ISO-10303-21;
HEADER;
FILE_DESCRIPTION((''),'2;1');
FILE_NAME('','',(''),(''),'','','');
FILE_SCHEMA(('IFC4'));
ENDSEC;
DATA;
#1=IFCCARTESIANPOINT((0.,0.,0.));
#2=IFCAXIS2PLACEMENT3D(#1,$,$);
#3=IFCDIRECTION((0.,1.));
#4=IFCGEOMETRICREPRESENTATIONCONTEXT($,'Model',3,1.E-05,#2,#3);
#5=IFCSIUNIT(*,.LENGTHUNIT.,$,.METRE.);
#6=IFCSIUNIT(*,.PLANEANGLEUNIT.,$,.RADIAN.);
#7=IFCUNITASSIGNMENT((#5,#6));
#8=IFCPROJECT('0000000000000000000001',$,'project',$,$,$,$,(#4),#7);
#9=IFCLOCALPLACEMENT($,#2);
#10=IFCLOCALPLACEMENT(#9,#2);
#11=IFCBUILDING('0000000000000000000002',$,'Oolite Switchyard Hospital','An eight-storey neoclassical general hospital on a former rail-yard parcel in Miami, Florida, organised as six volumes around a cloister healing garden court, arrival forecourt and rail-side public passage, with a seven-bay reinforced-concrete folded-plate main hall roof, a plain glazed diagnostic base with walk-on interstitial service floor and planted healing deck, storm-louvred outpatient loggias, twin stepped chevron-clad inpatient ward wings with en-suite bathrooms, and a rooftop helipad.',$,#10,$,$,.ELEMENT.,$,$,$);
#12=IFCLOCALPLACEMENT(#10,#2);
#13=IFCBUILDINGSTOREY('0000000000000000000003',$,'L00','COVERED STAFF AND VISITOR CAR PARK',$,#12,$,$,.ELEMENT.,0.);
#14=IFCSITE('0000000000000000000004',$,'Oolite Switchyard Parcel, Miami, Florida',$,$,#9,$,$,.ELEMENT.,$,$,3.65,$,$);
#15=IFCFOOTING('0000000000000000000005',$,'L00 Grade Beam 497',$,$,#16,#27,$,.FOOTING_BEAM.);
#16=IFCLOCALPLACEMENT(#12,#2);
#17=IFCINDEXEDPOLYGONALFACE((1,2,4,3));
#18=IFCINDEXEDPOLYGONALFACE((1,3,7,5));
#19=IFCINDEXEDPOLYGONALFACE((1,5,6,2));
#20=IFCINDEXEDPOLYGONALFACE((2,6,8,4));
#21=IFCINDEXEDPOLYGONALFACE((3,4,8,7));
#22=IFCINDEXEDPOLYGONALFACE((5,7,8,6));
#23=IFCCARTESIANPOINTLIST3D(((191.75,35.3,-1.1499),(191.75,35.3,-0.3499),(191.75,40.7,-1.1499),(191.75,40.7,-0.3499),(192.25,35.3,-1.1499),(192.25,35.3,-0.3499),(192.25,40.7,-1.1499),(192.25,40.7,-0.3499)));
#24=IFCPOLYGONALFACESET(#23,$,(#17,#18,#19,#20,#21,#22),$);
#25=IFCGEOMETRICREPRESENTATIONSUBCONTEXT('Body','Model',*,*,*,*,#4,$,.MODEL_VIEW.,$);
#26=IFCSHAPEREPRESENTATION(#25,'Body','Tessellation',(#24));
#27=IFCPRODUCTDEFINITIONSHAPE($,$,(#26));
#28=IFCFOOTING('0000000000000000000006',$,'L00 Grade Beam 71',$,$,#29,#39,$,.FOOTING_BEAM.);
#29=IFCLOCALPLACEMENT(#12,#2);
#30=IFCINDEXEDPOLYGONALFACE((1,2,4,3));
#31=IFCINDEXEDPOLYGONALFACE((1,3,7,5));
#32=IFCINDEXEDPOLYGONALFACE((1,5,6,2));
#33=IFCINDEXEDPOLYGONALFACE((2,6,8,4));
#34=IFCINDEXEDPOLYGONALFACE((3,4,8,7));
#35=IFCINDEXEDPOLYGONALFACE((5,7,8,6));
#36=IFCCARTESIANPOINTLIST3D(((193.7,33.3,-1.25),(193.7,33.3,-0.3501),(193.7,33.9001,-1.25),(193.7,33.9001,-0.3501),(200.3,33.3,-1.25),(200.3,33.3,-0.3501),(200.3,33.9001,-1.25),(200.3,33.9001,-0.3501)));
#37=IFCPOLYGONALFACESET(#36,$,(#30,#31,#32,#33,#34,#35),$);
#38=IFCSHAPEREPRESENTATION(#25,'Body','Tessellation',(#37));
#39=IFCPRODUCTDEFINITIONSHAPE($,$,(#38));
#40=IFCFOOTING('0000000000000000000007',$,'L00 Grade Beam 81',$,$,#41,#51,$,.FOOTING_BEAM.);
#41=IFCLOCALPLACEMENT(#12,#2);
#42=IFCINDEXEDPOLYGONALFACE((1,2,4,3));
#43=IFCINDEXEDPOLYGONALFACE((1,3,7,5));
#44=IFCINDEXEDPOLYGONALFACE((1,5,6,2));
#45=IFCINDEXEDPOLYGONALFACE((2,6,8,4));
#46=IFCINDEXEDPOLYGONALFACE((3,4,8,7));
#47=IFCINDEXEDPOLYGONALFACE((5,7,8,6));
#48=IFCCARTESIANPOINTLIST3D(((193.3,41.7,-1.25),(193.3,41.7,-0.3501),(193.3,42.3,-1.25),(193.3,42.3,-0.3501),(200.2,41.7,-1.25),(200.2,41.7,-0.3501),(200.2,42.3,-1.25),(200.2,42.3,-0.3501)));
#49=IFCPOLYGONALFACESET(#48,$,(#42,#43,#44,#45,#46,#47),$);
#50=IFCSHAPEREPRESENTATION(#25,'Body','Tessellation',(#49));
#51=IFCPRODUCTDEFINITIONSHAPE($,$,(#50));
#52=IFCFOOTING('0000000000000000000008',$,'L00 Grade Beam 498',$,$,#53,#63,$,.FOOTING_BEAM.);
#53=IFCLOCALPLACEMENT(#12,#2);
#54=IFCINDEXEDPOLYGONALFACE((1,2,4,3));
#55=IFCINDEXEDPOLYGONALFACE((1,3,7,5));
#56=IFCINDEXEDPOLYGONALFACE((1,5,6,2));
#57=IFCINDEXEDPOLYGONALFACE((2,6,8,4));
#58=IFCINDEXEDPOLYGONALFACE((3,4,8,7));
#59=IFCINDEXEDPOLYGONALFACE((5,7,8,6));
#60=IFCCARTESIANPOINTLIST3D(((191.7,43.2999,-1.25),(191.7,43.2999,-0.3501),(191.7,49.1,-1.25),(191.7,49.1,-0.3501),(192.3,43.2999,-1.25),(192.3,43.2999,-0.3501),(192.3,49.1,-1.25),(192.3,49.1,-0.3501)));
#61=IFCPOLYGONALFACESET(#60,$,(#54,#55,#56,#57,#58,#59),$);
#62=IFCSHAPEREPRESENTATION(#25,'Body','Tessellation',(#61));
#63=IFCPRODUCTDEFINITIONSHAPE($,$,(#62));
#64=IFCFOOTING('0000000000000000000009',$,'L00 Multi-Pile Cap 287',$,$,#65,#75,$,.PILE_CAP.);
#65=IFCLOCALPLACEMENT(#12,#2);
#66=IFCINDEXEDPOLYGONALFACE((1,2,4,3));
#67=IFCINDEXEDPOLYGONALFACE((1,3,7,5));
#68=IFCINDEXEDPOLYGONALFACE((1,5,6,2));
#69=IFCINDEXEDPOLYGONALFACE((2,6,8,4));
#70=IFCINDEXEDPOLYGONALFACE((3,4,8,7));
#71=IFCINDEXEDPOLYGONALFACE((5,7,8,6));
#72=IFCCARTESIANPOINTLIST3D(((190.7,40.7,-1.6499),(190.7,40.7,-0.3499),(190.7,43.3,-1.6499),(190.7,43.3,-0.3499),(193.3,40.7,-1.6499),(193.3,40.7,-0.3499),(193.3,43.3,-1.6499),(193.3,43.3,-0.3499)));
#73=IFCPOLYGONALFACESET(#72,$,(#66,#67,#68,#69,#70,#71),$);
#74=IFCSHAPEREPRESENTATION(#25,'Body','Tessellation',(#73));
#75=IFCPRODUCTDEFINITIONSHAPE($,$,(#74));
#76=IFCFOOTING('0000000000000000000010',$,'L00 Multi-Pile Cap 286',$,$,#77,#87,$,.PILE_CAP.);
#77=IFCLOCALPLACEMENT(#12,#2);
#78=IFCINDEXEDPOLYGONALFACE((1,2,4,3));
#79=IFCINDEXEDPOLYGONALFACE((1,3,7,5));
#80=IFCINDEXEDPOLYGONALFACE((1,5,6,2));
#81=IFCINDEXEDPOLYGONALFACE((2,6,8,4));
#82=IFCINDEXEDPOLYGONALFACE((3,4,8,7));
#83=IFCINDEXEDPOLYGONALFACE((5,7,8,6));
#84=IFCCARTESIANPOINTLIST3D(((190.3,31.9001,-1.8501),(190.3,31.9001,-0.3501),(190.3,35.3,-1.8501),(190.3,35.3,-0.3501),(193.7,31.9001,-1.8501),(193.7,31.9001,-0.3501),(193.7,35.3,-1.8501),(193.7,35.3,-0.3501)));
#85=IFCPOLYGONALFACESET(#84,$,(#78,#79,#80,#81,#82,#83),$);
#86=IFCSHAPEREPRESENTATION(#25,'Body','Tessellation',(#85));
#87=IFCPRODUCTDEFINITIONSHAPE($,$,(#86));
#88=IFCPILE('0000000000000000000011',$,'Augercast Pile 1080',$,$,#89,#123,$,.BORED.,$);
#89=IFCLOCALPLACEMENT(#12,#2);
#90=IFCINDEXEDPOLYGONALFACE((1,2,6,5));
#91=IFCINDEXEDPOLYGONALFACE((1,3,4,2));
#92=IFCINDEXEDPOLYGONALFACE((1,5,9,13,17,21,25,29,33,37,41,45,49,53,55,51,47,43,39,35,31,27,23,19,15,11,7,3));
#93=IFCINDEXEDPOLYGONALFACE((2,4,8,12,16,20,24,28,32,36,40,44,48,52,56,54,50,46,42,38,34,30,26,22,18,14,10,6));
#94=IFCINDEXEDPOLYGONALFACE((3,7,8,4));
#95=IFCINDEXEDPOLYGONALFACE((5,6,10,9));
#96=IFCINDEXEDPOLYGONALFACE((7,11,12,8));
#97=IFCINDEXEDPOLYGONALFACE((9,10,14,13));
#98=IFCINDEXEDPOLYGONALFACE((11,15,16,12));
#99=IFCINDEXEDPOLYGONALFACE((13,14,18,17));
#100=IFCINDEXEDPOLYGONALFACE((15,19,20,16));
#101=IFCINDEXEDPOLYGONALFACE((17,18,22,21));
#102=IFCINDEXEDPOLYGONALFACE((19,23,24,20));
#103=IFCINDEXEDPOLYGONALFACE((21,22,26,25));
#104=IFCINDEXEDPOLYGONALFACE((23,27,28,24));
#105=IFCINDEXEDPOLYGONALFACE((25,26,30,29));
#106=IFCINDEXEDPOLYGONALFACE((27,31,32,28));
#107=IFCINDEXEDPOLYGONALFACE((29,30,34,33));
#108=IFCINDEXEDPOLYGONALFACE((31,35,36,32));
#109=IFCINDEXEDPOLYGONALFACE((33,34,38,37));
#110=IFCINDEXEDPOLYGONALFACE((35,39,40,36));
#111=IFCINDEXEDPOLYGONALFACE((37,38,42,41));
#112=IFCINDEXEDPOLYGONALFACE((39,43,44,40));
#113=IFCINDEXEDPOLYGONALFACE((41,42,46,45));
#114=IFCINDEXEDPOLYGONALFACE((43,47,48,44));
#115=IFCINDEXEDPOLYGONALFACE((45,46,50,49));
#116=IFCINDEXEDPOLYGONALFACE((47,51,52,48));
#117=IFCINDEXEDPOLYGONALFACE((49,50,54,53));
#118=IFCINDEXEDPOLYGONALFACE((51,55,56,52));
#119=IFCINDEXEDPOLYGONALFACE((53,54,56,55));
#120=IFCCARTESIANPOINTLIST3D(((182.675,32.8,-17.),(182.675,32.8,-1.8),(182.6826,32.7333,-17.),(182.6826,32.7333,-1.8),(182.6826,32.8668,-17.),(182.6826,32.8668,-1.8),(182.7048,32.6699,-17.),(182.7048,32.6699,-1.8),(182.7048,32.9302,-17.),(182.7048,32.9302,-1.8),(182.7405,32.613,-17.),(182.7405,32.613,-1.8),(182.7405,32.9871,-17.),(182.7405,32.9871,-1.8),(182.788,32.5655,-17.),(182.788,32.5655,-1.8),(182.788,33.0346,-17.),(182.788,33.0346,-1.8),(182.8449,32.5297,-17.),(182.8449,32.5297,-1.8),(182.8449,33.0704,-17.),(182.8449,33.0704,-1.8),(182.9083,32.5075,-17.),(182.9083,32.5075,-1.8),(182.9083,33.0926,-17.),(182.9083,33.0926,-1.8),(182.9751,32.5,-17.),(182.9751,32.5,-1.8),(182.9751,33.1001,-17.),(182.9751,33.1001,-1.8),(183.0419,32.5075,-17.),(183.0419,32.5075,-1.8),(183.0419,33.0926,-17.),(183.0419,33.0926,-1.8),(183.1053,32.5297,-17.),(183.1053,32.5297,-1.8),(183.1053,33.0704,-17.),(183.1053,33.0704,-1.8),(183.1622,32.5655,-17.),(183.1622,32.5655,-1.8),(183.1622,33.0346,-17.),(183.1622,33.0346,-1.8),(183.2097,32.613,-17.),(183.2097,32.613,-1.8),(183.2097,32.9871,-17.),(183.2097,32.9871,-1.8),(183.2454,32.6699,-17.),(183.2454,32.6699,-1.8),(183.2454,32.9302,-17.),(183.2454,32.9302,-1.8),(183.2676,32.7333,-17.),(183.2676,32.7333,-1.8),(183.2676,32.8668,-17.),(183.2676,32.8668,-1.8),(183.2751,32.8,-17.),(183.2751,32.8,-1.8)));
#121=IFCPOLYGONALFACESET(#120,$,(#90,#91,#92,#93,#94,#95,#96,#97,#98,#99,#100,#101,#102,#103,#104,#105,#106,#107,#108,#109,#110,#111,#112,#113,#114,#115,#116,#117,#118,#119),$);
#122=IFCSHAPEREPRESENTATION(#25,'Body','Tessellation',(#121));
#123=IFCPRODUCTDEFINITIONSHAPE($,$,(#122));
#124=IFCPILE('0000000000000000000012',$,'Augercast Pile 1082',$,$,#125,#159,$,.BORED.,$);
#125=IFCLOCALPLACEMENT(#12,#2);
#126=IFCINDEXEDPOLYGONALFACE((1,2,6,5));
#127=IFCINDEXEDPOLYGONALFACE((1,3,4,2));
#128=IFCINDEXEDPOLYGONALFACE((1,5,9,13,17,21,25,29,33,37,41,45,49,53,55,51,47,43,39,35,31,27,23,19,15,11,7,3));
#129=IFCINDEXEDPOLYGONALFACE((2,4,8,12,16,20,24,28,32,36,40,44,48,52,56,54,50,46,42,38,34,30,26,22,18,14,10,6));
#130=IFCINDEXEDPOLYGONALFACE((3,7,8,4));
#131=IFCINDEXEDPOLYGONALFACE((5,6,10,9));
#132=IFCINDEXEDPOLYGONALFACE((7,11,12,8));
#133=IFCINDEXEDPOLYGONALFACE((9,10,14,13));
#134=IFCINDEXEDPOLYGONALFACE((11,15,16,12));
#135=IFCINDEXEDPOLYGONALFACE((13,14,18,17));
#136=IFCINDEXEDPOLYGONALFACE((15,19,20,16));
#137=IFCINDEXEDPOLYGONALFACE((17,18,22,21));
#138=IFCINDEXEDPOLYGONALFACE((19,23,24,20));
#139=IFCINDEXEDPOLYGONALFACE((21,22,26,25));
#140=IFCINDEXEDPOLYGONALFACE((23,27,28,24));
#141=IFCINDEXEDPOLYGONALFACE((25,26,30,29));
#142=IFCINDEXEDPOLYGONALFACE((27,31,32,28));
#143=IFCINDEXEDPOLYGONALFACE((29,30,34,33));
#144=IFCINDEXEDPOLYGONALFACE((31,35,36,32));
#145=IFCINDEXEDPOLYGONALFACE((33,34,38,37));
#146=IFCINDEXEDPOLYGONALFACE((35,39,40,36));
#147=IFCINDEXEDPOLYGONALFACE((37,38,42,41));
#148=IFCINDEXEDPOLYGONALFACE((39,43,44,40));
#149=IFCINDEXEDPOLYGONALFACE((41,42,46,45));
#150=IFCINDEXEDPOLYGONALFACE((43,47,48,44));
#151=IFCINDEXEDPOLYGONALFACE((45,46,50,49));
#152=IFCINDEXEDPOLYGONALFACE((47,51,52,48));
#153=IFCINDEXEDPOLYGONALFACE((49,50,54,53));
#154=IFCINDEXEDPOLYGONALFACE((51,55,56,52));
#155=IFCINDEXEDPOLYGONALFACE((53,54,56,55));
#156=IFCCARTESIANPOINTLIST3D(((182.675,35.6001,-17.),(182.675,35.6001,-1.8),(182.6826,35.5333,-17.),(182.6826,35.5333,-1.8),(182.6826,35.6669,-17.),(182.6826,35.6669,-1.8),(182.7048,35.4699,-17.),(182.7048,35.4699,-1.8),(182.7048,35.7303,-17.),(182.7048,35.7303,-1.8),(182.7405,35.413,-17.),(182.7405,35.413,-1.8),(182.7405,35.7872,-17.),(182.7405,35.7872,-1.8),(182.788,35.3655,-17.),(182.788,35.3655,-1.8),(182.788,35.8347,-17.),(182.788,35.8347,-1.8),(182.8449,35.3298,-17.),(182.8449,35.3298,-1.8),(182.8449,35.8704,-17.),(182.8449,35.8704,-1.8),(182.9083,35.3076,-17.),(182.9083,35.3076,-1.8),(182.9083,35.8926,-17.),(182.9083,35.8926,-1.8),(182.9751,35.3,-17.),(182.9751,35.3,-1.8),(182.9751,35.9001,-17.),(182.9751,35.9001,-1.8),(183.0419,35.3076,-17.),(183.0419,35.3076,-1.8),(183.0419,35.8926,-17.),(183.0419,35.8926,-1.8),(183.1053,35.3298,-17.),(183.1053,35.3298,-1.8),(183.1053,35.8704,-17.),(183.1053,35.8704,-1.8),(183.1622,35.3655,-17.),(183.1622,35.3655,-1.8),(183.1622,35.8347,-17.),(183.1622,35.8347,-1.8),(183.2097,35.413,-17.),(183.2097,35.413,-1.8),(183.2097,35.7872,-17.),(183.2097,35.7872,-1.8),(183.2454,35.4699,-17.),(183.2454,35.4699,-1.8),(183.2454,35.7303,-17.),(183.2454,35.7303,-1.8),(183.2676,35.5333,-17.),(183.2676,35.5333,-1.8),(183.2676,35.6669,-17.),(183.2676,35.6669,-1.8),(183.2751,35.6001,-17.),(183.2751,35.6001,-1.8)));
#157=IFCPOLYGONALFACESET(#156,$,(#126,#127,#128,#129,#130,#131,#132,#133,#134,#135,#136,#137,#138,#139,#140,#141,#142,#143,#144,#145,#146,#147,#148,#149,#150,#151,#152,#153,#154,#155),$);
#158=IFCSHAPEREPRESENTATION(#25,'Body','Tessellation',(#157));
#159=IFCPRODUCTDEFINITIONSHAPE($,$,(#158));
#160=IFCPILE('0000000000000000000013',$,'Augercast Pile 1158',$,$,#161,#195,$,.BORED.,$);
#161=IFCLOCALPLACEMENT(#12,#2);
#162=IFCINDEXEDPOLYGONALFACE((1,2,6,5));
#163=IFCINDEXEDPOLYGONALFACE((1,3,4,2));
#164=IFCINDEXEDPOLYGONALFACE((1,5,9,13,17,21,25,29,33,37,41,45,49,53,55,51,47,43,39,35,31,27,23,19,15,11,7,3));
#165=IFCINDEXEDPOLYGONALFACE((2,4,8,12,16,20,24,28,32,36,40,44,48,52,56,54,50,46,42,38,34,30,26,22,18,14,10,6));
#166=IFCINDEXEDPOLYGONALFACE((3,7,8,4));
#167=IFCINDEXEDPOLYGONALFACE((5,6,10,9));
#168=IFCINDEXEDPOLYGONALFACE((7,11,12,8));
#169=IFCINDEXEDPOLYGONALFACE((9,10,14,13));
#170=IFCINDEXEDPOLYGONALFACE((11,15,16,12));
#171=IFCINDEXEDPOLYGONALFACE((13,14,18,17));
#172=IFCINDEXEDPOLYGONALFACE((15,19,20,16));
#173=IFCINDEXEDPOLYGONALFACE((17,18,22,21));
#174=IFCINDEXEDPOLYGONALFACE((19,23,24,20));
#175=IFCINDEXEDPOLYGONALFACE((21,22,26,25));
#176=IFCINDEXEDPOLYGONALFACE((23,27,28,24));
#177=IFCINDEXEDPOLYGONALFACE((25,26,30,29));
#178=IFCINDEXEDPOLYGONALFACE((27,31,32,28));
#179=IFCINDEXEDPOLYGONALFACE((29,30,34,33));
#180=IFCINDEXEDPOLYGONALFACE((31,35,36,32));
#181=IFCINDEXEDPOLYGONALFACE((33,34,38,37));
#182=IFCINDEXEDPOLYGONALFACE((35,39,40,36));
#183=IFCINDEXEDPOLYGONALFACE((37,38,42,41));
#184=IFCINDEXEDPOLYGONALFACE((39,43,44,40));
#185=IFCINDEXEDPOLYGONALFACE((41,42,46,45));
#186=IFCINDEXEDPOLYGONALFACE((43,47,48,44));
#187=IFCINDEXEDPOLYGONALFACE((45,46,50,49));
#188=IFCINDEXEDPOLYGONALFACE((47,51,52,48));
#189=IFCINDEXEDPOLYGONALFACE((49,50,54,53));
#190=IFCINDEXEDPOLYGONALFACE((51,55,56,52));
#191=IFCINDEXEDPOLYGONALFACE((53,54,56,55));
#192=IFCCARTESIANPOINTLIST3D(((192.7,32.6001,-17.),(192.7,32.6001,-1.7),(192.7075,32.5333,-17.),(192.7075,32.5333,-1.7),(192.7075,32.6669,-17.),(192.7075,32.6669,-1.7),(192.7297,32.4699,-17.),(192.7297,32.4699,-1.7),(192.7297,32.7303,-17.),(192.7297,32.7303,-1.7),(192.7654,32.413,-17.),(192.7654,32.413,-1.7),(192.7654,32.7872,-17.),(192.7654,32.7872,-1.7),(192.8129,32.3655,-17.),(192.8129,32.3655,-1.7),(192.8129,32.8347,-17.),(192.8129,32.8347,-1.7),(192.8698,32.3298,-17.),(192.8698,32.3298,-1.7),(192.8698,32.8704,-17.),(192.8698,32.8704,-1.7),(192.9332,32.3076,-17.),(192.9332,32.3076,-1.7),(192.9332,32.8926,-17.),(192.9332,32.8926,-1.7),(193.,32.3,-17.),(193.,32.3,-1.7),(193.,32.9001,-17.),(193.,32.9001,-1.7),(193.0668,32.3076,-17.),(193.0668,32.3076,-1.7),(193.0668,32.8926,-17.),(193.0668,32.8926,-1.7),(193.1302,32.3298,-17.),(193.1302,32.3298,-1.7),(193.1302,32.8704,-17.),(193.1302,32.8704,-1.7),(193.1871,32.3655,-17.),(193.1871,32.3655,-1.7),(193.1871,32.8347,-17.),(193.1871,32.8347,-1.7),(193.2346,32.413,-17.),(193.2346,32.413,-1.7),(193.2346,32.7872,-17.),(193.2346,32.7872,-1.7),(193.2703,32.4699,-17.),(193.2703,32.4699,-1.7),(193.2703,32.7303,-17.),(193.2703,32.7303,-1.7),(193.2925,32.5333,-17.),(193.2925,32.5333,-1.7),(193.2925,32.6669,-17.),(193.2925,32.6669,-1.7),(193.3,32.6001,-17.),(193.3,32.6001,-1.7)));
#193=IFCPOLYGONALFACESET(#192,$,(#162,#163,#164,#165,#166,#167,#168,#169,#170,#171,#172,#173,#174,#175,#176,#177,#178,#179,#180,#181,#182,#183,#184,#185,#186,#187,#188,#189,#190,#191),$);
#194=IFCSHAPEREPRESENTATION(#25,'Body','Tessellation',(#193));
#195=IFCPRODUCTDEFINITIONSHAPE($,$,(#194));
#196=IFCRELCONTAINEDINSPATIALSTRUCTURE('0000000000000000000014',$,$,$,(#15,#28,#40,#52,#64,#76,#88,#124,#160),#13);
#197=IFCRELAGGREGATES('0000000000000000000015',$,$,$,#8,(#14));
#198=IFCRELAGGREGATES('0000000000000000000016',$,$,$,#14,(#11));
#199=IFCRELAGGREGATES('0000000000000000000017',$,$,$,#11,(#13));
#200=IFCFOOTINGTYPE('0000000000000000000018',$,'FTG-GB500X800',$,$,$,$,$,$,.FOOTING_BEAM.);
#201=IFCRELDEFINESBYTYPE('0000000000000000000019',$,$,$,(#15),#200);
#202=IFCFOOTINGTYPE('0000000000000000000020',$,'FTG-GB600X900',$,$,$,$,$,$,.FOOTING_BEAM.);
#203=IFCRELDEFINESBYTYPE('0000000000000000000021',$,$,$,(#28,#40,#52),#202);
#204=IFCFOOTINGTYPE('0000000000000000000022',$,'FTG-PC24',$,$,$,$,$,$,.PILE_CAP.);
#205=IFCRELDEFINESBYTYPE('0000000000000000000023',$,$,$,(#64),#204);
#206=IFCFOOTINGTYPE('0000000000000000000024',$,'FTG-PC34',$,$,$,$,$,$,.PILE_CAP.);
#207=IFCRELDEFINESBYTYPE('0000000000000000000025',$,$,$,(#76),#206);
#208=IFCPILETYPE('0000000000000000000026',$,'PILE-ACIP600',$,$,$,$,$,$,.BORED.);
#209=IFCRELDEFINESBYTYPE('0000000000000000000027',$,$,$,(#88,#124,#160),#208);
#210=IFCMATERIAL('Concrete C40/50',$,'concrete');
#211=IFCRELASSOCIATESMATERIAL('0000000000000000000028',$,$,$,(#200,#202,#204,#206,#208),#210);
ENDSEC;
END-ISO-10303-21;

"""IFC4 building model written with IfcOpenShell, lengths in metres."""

from ifc_helpers import new_model, si_unit, direction, frame, origin, origin_2d, place, context, subcontext, project, spatial, rectangle, circle, extrude, material, material_profile, profile_set, type_object, element, save


model = new_model("IFC4")

# Units and contexts
model_context = context("Model", 3, precision=1e-05, world=origin(), true_north=direction((0.0, 1.0)))
body_context = subcontext(model_context, "Body", "Model", "MODEL_VIEW")
ifc_project = project(units=[si_unit("LENGTHUNIT", "METRE"), si_unit("PLANEANGLEUNIT", "RADIAN")], contexts=[model_context])

# Site, building, storey
site_placement = place(None, origin())
site = spatial("IfcSite", under=ifc_project, at=site_placement, Name="Oolite Switchyard Parcel, Miami, Florida", CompositionType="ELEMENT", RefElevation=3.65)
building_placement = place(site_placement, origin())
building = spatial("IfcBuilding", under=site, at=building_placement, Name="Oolite Switchyard Hospital", Description="An eight-storey neoclassical general hospital on a former rail-yard parcel in Miami, Florida, organised as six volumes around a cloister healing garden court, arrival forecourt and rail-side public passage, with a seven-bay reinforced-concrete folded-plate main hall roof, a plain glazed diagnostic base with walk-on interstitial service floor and planted healing deck, storm-louvred outpatient loggias, twin stepped chevron-clad inpatient ward wings with en-suite bathrooms, and a rooftop helipad.", CompositionType="ELEMENT")
storey_placement = place(building_placement, origin())
storey = spatial("IfcBuildingStorey", under=building, at=storey_placement, Name="L00", Description="COVERED STAFF AND VISITOR CAR PARK", CompositionType="ELEMENT", Elevation=0.0)

# Footings
ifc_material_1 = material(Name="Concrete C40/50", Category="concrete")
footing_type_1 = type_object("IfcFootingType", Name="FTG-GB500X800", PredefinedType="FOOTING_BEAM", material=ifc_material_1)
footing_1_placement = place(storey_placement, frame((192.0, 38.0, -1.1499), z_axis=(0.0, 0.0, 1.0), x_axis=(0.0, 1.0, 0.0)))
element("IfcFooting", 1, at=footing_1_placement, inside=storey, type_object=footing_type_1, Name="L00 Grade Beam 497", PredefinedType="FOOTING_BEAM", context=body_context, shape_type="SweptSolid", body=[
    extrude(rectangle(XDim=5.3999, YDim=0.5, at=origin_2d()), origin(), (0.0, 0.0, 1.0), 0.8),
])
footing_type_2 = type_object("IfcFootingType", Name="FTG-GB600X900", PredefinedType="FOOTING_BEAM", material=ifc_material_1)
footing_2_placement = place(storey_placement, frame((197.0, 33.6001, -1.25), z_axis=(0.0, 0.0, 1.0), x_axis=(1.0, 0.0, 0.0)))
element("IfcFooting", 2, at=footing_2_placement, inside=storey, type_object=footing_type_2, Name="L00 Grade Beam 71", PredefinedType="FOOTING_BEAM", context=body_context, shape_type="SweptSolid", body=[
    extrude(rectangle(XDim=6.6001, YDim=0.6001, at=origin_2d()), origin(), (0.0, 0.0, 1.0), 0.8999),
])
footing_3_placement = place(storey_placement, frame((196.75, 42.0, -1.25), z_axis=(0.0, 0.0, 1.0), x_axis=(1.0, 0.0, 0.0)))
element("IfcFooting", 3, at=footing_3_placement, inside=storey, type_object=footing_type_2, Name="L00 Grade Beam 81", PredefinedType="FOOTING_BEAM", context=body_context, shape_type="SweptSolid", body=[
    extrude(rectangle(XDim=6.8999, YDim=0.6001, at=origin_2d()), origin(), (0.0, 0.0, 1.0), 0.8999),
])
footing_4_placement = place(storey_placement, frame((192.0, 46.2, -1.25), z_axis=(0.0, 0.0, 1.0), x_axis=(0.0, 1.0, 0.0)))
element("IfcFooting", 4, at=footing_4_placement, inside=storey, type_object=footing_type_2, Name="L00 Grade Beam 498", PredefinedType="FOOTING_BEAM", context=body_context, shape_type="SweptSolid", body=[
    extrude(rectangle(XDim=5.8, YDim=0.6001, at=origin_2d()), origin(), (0.0, 0.0, 1.0), 0.8999),
])
footing_type_3 = type_object("IfcFootingType", Name="FTG-PC24", PredefinedType="PILE_CAP", material=ifc_material_1)
footing_5_placement = place(storey_placement, frame((192.0, 42.0, -1.6499), z_axis=(0.0, 0.0, 1.0), x_axis=(1.0, 0.0, 0.0)))
element("IfcFooting", 5, at=footing_5_placement, inside=storey, type_object=footing_type_3, Name="L00 Multi-Pile Cap 287", PredefinedType="PILE_CAP", context=body_context, shape_type="SweptSolid", body=[
    extrude(rectangle(XDim=2.6001, YDim=2.6001, at=origin_2d()), origin(), (0.0, 0.0, 1.0), 1.3),
])
footing_type_4 = type_object("IfcFootingType", Name="FTG-PC34", PredefinedType="PILE_CAP", material=ifc_material_1)
footing_6_placement = place(storey_placement, frame((192.0, 33.6001, -1.8501), z_axis=(0.0, 0.0, 1.0), x_axis=(1.0, 0.0, 0.0)))
element("IfcFooting", 6, at=footing_6_placement, inside=storey, type_object=footing_type_4, Name="L00 Multi-Pile Cap 286", PredefinedType="PILE_CAP", context=body_context, shape_type="SweptSolid", body=[
    extrude(rectangle(XDim=3.3999, YDim=3.3999, at=origin_2d()), origin(), (0.0, 0.0, 1.0), 1.5),
])

# Piles
ifc_material_profile_1 = material_profile(ifc_material_1, circle(Radius=0.3, at=origin_2d()), Name="PILE600")
ifc_profile_set_1 = profile_set([ifc_material_profile_1], Name="Concrete C40/50")
pile_type_1 = type_object("IfcPileType", Name="PILE-ACIP600", PredefinedType="BORED", material=ifc_profile_set_1)
for number, where, z_axis, x_axis, name in (
    (7, (182.9751, 32.8, -1.8), (0.0, 0.0, -1.0), (1.0, 0.0, 0.0), "Augercast Pile 1080"),
    (8, (182.9751, 35.6001, -1.8), (0.0, 0.0, -1.0), (1.0, 0.0, 0.0), "Augercast Pile 1082"),
):
    element("IfcPile", number, at=place(storey_placement, frame(where, z_axis=z_axis, x_axis=x_axis)), inside=storey, type_object=pile_type_1, Name=name, PredefinedType="BORED", context=body_context, shape_type="SweptSolid", body=[
        extrude(circle(Radius=0.3, at=origin_2d()), origin(), (0.0, 0.0, 1.0), 15.2),
    ])
for number, where, z_axis, x_axis, name in (
    (9, (193.0, 32.6001, -1.7), (0.0, 0.0, -1.0), (1.0, 0.0, 0.0), "Augercast Pile 1158"),
):
    element("IfcPile", number, at=place(storey_placement, frame(where, z_axis=z_axis, x_axis=x_axis)), inside=storey, type_object=pile_type_1, Name=name, PredefinedType="BORED", context=body_context, shape_type="SweptSolid", body=[
        extrude(circle(Radius=0.3, at=origin_2d()), origin(), (0.0, 0.0, 1.0), 15.3),
    ])

save(model, "model.ifc")
